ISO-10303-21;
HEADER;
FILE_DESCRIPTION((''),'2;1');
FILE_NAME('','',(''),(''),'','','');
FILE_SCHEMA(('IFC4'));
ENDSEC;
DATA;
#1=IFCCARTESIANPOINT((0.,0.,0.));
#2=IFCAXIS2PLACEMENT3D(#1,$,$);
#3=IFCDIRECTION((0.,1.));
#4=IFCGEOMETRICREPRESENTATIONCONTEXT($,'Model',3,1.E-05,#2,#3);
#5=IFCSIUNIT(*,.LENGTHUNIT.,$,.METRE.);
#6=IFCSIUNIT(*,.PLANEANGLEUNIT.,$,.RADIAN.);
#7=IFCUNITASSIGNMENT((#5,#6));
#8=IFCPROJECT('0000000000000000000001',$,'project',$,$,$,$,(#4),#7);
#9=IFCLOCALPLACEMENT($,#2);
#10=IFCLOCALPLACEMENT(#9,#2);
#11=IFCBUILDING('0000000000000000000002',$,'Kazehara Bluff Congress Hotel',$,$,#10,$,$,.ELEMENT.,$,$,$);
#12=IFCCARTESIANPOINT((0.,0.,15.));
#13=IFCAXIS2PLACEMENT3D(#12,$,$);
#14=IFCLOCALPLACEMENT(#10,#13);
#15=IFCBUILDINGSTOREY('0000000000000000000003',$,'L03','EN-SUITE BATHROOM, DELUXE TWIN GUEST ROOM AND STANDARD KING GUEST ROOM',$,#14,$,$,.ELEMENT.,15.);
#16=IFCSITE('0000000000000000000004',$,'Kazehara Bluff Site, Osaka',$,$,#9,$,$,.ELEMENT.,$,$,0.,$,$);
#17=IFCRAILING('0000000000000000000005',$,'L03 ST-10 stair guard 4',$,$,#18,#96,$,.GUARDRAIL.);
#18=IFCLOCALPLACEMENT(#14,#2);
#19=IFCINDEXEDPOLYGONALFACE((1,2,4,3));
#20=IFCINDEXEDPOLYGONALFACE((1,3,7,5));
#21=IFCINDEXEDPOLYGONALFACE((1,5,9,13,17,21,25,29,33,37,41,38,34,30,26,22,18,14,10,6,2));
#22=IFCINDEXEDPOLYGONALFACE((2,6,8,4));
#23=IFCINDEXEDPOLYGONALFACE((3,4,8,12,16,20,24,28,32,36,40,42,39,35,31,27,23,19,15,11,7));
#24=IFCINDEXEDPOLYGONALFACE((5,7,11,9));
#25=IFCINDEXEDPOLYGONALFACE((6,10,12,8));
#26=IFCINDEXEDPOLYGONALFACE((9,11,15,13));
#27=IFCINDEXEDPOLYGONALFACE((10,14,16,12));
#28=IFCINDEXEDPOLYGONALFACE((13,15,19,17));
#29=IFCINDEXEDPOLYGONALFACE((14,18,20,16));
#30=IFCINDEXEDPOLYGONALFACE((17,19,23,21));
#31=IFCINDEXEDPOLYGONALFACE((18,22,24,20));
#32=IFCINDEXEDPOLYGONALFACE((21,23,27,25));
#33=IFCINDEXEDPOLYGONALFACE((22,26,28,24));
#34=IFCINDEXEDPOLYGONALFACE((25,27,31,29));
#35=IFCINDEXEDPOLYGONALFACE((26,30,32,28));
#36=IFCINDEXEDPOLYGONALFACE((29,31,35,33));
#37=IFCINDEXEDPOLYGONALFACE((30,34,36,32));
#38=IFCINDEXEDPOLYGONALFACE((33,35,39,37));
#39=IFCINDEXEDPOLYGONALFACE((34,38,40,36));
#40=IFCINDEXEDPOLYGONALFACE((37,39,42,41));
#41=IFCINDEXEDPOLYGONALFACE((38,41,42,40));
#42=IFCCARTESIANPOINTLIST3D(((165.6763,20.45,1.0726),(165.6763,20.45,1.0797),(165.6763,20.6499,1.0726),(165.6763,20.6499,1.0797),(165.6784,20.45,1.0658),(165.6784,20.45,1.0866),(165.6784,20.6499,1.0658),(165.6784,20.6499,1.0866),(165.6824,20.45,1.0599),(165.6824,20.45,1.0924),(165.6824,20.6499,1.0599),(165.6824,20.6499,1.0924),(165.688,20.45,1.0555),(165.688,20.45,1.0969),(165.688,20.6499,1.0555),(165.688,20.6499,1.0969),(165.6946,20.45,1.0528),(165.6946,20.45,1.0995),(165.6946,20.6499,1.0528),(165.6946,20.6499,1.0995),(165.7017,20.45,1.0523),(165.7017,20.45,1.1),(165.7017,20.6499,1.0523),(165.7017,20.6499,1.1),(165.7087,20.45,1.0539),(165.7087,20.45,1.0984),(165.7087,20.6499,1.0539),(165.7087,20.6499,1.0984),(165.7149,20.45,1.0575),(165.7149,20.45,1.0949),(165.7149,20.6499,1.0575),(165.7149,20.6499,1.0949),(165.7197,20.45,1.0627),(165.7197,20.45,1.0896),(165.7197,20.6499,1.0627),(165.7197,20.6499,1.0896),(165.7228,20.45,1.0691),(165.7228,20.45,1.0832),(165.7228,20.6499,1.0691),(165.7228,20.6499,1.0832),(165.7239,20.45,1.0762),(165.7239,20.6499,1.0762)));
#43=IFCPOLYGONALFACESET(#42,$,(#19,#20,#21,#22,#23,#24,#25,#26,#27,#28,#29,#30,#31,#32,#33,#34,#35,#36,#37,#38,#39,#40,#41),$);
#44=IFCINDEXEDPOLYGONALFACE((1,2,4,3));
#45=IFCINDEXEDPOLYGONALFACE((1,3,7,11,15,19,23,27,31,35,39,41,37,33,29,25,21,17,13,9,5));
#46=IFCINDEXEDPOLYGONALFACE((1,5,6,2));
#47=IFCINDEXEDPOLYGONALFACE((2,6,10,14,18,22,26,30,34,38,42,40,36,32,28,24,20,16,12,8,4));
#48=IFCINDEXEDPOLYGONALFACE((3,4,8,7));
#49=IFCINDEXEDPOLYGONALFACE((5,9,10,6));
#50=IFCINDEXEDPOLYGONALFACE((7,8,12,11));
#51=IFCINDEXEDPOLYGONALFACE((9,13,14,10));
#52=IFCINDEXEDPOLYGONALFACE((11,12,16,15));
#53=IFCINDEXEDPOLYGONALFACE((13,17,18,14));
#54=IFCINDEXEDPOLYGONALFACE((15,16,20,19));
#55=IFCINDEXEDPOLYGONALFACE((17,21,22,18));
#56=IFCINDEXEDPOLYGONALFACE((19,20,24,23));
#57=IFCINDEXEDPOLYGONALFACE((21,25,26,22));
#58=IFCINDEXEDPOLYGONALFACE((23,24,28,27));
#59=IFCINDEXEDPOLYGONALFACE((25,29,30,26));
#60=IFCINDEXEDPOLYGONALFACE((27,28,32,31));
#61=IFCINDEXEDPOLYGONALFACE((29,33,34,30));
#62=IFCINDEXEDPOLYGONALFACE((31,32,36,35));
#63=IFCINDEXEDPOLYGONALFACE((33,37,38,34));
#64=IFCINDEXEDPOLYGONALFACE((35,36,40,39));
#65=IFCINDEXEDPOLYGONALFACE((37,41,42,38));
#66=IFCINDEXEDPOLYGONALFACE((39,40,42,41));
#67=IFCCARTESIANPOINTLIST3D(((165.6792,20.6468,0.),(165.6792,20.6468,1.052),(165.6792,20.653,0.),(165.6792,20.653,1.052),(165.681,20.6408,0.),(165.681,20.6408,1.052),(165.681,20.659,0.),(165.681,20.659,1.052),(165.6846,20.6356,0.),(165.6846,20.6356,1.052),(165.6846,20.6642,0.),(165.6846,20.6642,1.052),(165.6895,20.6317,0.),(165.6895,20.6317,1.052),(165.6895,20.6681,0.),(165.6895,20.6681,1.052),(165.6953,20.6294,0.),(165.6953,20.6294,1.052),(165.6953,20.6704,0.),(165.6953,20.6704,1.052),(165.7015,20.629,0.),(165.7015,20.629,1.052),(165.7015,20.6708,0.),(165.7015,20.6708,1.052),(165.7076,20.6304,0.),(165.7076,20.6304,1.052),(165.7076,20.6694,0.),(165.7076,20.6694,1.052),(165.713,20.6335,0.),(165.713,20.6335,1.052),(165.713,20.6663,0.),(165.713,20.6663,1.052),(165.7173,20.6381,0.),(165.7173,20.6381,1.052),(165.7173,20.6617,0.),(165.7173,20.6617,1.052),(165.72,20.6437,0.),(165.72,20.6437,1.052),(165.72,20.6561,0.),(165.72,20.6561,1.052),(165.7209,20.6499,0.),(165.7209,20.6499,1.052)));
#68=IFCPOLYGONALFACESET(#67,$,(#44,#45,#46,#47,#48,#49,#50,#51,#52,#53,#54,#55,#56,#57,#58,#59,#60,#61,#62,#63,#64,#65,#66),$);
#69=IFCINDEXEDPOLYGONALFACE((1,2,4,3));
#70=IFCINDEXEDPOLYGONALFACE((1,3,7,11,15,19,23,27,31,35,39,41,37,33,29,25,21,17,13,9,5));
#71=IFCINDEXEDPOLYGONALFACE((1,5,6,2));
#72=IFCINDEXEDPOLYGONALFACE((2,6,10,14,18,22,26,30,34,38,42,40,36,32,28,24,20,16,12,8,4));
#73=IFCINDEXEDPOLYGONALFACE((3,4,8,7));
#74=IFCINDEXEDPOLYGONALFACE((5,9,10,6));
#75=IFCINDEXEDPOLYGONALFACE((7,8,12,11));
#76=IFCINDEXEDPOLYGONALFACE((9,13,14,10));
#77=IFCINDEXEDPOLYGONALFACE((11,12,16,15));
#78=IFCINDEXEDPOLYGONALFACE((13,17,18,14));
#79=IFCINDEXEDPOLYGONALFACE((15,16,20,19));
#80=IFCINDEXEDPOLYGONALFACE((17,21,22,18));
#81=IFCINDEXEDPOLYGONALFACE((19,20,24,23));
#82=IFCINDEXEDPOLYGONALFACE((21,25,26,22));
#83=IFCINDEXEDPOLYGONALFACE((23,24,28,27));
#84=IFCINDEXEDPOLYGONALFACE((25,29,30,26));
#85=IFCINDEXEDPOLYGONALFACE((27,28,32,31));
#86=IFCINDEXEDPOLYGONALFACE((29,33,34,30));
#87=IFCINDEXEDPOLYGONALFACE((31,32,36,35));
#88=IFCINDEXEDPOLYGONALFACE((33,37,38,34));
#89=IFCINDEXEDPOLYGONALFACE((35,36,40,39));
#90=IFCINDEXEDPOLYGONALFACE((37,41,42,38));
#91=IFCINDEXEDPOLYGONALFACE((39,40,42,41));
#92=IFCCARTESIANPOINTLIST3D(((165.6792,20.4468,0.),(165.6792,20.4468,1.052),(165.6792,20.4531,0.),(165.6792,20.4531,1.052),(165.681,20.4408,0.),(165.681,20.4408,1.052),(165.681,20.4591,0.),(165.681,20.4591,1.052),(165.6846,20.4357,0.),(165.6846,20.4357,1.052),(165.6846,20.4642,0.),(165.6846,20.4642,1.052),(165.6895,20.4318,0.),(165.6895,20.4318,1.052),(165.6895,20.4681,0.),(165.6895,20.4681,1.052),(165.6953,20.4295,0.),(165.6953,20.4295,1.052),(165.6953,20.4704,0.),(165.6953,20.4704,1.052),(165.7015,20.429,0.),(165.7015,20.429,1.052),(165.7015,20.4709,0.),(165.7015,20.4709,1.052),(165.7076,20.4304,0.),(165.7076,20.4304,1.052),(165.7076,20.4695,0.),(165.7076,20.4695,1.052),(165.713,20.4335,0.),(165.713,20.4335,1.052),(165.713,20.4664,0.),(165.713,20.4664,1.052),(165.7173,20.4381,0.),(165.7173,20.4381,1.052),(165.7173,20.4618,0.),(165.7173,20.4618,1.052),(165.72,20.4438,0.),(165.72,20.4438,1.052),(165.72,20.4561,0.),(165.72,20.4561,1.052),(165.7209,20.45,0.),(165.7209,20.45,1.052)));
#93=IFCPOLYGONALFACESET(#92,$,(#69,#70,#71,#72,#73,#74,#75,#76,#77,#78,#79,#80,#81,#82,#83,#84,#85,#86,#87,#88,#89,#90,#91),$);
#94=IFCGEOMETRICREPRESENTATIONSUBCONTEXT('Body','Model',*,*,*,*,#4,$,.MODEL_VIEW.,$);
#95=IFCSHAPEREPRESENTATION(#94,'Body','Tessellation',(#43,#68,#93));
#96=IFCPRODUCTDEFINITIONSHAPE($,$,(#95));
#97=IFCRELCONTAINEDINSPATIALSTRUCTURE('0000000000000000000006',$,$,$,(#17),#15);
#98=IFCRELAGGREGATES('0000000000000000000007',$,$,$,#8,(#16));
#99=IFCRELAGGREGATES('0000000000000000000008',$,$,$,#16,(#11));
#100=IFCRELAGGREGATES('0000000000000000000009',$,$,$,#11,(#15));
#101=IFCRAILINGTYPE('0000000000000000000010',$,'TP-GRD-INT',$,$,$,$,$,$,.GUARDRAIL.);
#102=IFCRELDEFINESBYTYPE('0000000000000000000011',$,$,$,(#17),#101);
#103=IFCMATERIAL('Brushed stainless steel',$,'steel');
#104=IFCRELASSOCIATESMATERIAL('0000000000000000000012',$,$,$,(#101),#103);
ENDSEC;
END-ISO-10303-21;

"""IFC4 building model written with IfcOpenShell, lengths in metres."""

from ifc_helpers import new_model, si_unit, direction, frame, origin, origin_2d, place, context, subcontext, project, spatial, circle, extrude, material, type_object, element, save


model = new_model("IFC4")

# Units and contexts
model_context = context("Model", 3, precision=1e-05, world=origin(), true_north=direction((0.0, 1.0)))
body_context = subcontext(model_context, "Body", "Model", "MODEL_VIEW")
ifc_project = project(units=[si_unit("LENGTHUNIT", "METRE"), si_unit("PLANEANGLEUNIT", "RADIAN")], contexts=[model_context])

# Site, building, storey
site_placement = place(None, origin())
site = spatial("IfcSite", under=ifc_project, at=site_placement, Name="Kazehara Bluff Site, Osaka", CompositionType="ELEMENT", RefElevation=0.0)
building_placement = place(site_placement, origin())
building = spatial("IfcBuilding", under=site, at=building_placement, Name="Kazehara Bluff Congress Hotel", CompositionType="ELEMENT")
storey_placement = place(building_placement, frame((0.0, 0.0, 15.0)))
storey = spatial("IfcBuildingStorey", under=building, at=storey_placement, Name="L03", Description="EN-SUITE BATHROOM, DELUXE TWIN GUEST ROOM AND STANDARD KING GUEST ROOM", CompositionType="ELEMENT", Elevation=15.0)

# Railing
ifc_material_1 = material(Name="Brushed stainless steel", Category="steel")
railing_type_1 = type_object("IfcRailingType", Name="TP-GRD-INT", PredefinedType="GUARDRAIL", material=ifc_material_1)
railing_1_placement = place(storey_placement, frame((165.7, 20.6499, 0.0)))
element("IfcRailing", 1, at=railing_1_placement, inside=storey, type_object=railing_type_1, Name="L03 ST-10 stair guard 4", PredefinedType="GUARDRAIL", context=body_context, shape_type="SweptSolid", body=[
    extrude(circle(Radius=0.0239, at=origin_2d()), frame((0.0, 0.0, 1.0762), z_axis=(0.0, -1.0, 0.0), x_axis=(1.0, 0.0, 0.0)), (0.0, 0.0, 1.0), 0.2),
    extrude(circle(Radius=0.021, at=origin_2d()), origin(), (0.0, 0.0, 1.0), 1.052),
    extrude(circle(Radius=0.021, at=origin_2d()), frame((0.0, -0.2, 0.0)), (0.0, 0.0, 1.0), 1.052),
])

save(model, "model.ifc")
